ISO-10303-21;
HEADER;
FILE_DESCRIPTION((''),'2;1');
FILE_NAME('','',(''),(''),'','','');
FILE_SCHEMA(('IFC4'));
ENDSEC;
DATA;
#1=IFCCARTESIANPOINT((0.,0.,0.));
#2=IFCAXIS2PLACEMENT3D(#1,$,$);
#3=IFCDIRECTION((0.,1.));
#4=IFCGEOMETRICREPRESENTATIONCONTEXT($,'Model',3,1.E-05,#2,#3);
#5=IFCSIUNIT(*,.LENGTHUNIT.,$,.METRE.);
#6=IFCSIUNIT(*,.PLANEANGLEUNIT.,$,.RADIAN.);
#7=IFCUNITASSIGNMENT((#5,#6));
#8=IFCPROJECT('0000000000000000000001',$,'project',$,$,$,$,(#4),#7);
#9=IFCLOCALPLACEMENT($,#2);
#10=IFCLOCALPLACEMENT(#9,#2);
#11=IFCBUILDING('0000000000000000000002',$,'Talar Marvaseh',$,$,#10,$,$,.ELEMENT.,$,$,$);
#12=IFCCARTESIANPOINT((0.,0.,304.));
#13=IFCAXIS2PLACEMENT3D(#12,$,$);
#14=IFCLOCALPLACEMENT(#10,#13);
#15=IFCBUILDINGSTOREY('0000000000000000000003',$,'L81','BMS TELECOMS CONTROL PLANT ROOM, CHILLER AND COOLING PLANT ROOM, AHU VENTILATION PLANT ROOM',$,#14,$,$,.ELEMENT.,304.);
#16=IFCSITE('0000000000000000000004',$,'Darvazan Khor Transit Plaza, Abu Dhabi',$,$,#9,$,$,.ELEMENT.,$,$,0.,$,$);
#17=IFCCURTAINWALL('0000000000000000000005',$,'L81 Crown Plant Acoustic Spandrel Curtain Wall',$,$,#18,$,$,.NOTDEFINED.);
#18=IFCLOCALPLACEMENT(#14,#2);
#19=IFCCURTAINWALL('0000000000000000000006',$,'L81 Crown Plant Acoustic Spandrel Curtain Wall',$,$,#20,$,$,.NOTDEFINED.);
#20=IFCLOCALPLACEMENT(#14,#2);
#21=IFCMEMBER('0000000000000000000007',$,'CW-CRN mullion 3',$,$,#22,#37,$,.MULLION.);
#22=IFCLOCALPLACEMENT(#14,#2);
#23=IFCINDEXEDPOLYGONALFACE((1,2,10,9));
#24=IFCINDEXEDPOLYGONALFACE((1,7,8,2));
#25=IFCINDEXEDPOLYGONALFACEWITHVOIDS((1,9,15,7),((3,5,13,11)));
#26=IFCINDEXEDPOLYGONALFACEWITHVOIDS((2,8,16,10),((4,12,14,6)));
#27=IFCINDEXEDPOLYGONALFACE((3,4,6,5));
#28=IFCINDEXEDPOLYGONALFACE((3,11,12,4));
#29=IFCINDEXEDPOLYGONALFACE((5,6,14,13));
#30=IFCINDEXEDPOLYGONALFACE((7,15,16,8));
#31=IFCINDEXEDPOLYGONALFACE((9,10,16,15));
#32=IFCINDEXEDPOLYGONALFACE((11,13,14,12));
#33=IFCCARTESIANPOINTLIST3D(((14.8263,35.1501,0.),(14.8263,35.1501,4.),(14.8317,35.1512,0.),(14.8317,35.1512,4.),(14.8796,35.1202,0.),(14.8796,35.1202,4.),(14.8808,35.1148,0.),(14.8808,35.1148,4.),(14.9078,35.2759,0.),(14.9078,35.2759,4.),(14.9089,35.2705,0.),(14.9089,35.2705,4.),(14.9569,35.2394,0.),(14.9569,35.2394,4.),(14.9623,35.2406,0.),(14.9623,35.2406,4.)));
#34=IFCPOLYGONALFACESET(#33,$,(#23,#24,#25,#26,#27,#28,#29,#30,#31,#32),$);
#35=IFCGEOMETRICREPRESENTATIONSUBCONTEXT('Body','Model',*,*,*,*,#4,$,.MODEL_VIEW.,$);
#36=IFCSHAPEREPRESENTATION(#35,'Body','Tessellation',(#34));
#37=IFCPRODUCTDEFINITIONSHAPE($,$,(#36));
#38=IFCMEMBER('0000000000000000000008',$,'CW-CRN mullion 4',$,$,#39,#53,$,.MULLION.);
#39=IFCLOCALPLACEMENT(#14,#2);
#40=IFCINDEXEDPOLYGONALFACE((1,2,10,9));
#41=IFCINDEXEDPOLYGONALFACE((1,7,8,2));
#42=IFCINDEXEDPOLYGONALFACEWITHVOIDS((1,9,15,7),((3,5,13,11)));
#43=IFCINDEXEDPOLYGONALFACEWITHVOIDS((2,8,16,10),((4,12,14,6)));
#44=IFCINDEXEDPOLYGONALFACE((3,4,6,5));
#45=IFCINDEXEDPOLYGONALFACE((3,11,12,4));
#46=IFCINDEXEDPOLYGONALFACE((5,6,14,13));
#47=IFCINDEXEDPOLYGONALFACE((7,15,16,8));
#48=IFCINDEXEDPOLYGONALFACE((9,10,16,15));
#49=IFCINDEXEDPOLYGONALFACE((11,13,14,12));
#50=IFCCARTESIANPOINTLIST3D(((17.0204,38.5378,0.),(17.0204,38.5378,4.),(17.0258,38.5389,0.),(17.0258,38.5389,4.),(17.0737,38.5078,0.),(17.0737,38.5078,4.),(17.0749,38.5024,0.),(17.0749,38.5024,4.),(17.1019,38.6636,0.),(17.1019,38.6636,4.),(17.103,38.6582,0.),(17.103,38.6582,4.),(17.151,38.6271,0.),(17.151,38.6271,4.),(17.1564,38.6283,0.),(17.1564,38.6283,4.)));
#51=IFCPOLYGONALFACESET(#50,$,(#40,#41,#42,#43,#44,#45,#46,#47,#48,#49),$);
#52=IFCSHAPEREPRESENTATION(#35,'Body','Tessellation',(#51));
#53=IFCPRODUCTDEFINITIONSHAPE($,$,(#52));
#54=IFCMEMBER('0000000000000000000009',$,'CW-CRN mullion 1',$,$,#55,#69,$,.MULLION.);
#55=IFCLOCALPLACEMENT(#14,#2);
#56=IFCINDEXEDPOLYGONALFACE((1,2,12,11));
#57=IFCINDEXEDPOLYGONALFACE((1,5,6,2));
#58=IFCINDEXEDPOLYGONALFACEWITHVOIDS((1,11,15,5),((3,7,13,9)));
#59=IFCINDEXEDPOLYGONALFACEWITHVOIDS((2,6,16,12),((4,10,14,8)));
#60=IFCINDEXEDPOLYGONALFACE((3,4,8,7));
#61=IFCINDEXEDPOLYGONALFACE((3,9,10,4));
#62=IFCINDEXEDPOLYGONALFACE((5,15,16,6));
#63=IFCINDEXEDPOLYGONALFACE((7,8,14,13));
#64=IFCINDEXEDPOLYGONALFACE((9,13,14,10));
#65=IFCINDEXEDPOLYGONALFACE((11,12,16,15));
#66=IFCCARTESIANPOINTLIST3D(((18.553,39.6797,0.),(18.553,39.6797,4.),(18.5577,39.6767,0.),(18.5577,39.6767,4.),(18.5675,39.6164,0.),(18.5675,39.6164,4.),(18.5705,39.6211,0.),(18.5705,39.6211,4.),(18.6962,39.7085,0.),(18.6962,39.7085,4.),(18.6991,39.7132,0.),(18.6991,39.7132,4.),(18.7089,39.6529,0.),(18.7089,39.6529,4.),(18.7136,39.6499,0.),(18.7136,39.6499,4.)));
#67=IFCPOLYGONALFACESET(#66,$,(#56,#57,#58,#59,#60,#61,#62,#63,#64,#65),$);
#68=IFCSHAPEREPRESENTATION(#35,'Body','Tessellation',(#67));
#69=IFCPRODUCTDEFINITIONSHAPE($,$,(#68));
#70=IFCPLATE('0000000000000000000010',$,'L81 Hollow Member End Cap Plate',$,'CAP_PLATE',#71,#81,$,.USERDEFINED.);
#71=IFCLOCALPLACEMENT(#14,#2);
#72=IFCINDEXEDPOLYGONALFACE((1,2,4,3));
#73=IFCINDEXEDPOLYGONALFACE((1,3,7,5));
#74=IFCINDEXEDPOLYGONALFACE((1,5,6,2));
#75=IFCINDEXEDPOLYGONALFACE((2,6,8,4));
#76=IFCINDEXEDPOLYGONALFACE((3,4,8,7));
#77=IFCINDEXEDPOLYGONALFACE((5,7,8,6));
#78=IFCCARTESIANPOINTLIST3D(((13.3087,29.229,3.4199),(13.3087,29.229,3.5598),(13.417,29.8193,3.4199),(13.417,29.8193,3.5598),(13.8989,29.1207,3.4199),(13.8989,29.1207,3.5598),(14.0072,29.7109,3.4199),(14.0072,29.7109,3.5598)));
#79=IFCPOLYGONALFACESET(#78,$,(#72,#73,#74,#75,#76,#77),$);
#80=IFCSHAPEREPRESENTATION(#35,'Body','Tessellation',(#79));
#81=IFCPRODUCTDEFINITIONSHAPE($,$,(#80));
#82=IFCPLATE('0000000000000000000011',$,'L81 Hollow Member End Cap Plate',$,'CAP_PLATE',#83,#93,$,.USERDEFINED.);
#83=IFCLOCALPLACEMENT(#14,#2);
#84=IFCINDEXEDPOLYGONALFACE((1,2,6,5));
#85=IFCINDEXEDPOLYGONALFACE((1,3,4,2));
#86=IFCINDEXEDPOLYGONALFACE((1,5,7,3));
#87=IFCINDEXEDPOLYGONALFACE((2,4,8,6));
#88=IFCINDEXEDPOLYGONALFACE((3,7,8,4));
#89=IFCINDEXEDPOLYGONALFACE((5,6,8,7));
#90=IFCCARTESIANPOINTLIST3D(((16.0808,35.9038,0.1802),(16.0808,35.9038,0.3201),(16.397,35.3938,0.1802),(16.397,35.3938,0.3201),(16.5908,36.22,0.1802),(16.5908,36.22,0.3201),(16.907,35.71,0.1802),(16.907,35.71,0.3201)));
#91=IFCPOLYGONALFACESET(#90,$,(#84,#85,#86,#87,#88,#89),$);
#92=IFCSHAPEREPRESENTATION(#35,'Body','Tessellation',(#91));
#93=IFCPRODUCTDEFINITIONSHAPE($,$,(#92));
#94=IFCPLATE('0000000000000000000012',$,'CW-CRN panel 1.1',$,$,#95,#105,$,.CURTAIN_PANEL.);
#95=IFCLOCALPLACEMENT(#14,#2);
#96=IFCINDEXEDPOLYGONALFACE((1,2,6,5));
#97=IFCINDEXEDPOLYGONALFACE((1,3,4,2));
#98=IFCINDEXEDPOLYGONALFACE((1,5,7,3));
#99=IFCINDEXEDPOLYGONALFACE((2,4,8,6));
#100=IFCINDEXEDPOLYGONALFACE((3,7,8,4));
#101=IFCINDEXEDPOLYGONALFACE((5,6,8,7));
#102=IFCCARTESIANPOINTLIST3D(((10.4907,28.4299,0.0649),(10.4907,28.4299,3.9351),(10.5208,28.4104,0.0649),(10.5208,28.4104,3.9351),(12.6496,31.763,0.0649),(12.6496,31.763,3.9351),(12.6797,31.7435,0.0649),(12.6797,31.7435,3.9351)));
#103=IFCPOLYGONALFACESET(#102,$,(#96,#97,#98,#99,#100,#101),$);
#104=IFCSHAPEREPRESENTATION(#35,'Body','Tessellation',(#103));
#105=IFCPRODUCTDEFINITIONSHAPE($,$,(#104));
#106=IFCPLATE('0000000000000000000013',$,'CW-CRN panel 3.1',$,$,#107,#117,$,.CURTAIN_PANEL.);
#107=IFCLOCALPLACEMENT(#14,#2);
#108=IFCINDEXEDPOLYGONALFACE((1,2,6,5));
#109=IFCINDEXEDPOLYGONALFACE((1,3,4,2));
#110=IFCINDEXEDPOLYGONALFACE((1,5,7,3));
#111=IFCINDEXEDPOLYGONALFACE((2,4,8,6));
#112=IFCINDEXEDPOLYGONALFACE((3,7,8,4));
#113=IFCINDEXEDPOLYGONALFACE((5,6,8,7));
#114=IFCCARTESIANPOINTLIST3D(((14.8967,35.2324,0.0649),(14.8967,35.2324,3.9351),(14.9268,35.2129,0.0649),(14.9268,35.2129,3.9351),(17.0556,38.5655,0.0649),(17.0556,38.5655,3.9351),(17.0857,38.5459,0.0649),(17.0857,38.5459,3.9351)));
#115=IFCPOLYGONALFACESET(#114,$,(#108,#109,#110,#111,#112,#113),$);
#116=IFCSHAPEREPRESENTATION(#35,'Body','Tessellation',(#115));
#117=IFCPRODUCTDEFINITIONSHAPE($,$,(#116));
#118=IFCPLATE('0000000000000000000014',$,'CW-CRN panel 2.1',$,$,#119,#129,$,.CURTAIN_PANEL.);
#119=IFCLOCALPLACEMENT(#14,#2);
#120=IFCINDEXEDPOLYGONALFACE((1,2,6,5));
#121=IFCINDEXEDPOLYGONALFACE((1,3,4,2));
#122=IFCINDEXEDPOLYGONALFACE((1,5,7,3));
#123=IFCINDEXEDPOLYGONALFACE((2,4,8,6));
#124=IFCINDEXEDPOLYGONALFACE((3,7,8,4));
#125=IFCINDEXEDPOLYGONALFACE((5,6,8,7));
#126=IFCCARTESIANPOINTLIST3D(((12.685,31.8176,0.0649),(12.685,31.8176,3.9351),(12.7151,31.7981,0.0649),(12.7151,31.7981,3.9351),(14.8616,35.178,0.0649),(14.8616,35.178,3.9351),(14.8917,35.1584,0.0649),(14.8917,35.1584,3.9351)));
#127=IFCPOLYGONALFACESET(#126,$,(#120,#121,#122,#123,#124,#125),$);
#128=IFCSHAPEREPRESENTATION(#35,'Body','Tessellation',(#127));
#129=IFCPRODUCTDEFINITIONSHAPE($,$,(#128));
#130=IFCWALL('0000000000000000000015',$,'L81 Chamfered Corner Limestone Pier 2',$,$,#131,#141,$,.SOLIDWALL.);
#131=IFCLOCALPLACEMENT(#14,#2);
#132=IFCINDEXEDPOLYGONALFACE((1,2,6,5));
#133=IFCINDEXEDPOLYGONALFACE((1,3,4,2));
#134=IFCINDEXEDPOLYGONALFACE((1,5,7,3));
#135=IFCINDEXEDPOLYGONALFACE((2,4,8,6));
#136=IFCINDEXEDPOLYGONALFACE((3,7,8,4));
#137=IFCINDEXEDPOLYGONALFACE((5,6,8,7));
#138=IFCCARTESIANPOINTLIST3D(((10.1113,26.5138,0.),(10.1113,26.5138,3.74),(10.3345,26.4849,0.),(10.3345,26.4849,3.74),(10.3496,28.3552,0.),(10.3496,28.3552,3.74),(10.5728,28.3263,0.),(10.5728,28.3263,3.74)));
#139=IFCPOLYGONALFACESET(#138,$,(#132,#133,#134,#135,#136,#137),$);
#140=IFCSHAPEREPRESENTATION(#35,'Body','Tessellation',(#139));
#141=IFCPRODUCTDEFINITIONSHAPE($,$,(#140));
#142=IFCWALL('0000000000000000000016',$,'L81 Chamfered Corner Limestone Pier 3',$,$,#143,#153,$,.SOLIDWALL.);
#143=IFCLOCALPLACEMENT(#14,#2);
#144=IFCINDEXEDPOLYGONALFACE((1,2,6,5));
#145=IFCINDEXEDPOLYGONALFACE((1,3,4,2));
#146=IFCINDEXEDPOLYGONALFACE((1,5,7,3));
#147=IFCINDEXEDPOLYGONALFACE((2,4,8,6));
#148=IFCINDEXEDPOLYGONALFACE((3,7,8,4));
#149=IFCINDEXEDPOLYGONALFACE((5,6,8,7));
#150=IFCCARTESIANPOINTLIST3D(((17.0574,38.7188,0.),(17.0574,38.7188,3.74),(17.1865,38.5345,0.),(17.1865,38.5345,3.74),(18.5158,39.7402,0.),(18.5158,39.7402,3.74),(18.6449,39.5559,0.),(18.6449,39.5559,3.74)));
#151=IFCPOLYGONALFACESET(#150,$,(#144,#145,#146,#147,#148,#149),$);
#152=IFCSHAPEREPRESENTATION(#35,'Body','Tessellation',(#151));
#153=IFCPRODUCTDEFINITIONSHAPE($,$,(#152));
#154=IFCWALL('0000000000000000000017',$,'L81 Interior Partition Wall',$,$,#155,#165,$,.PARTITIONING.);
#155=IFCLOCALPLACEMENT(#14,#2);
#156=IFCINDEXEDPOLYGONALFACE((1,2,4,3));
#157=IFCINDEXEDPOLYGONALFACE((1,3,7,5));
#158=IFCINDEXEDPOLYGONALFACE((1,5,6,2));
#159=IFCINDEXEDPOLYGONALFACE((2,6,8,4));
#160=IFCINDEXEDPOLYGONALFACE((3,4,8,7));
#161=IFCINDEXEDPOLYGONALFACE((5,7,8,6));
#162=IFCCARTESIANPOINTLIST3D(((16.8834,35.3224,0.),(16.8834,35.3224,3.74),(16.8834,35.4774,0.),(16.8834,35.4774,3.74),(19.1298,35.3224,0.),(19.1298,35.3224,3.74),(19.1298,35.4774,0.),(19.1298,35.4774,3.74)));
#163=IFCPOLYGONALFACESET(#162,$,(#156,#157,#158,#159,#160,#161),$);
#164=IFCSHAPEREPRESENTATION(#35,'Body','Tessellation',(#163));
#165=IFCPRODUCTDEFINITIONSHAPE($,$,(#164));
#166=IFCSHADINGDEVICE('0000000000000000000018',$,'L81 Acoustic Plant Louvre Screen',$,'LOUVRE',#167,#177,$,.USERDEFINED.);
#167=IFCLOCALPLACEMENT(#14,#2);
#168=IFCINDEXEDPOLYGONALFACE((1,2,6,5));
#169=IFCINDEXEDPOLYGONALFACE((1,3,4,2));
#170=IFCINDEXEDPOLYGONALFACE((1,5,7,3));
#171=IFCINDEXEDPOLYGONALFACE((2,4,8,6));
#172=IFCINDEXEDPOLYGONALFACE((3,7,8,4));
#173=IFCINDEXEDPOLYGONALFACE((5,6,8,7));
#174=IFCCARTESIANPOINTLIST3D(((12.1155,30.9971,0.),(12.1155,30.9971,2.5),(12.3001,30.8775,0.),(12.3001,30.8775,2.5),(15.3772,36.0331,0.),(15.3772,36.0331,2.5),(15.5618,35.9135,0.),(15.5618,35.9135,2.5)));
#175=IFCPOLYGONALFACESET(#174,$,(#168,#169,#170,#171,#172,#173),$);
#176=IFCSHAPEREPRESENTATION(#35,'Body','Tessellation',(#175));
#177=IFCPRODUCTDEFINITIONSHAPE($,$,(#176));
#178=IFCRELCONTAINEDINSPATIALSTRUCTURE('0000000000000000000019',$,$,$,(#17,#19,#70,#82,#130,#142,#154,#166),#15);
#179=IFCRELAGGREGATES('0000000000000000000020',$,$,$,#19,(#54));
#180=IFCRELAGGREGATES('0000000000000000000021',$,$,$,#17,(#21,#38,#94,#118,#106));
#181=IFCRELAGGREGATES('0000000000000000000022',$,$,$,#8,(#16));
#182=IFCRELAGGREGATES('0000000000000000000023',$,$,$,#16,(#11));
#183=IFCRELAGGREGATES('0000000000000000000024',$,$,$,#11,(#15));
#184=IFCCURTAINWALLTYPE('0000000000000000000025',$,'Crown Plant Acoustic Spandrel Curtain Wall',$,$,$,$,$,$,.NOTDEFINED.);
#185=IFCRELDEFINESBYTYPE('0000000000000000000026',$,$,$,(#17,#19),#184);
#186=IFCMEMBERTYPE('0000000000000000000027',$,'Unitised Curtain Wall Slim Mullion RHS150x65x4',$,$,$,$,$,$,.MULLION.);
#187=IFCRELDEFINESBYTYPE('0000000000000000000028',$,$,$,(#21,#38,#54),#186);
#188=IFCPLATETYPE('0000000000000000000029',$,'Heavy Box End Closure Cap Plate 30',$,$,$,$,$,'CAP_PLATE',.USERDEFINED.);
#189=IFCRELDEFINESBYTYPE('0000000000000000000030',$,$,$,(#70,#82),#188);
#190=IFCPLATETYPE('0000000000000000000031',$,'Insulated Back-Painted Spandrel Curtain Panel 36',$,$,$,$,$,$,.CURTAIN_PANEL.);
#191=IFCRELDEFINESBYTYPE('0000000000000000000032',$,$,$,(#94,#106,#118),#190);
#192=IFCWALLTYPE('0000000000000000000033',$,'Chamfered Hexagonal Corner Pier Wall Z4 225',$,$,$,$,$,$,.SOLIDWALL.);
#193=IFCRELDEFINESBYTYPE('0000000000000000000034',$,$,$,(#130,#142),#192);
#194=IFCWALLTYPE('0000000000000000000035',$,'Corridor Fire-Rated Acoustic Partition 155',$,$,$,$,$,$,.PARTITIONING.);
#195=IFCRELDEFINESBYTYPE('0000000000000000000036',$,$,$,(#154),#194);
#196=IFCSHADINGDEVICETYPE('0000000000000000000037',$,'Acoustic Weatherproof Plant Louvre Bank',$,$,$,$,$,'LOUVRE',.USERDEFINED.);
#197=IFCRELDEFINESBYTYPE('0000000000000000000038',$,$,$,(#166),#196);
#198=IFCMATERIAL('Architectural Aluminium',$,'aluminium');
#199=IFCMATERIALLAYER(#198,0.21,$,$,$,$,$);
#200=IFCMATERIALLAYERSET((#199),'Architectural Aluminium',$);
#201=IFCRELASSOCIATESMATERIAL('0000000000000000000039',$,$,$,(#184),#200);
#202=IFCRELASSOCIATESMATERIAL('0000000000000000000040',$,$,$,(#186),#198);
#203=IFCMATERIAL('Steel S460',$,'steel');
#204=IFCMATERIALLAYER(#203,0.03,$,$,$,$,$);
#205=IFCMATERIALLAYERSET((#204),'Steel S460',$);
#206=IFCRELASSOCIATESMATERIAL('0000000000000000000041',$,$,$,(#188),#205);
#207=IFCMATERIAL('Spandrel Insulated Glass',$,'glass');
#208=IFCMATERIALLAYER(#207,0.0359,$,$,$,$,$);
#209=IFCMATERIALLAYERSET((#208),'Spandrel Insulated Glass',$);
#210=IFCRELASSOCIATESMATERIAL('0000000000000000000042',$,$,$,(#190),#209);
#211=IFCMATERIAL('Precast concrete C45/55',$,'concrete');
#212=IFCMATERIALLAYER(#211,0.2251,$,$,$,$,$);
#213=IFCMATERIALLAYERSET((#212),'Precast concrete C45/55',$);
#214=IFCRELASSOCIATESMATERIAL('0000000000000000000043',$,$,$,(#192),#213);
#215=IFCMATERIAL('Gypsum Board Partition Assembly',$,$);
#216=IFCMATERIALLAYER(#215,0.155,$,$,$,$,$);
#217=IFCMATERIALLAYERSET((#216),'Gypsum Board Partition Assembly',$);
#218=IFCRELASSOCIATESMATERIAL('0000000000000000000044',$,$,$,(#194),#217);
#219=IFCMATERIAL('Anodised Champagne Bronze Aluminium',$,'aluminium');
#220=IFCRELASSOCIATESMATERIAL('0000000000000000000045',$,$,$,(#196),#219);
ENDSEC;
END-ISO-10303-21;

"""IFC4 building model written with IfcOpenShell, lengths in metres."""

from ifc_helpers import new_model, si_unit, direction, frame, frame_2d, origin, origin_2d, place, context, subcontext, project, spatial, rectangle, hollow_rectangle, extrude, source, transform, mapped, material, layer, layer_set, material_profile, profile_set, type_object, type_shapes, element, aggregate, save


model = new_model("IFC4")

# Units and contexts
model_context = context("Model", 3, precision=1e-05, world=origin(), true_north=direction((0.0, 1.0)))
body_context = subcontext(model_context, "Body", "Model", "MODEL_VIEW")
ifc_project = project(units=[si_unit("LENGTHUNIT", "METRE"), si_unit("PLANEANGLEUNIT", "RADIAN")], contexts=[model_context])

# Site, building, storey
site_placement = place(None, origin())
site = spatial("IfcSite", under=ifc_project, at=site_placement, Name="Darvazan Khor Transit Plaza, Abu Dhabi", CompositionType="ELEMENT", RefElevation=0.0)
building_placement = place(site_placement, origin())
building = spatial("IfcBuilding", under=site, at=building_placement, Name="Talar Marvaseh", CompositionType="ELEMENT")
storey_placement = place(building_placement, frame((0.0, 0.0, 304.0)))
storey = spatial("IfcBuildingStorey", under=building, at=storey_placement, Name="L81", Description="BMS TELECOMS CONTROL PLANT ROOM, CHILLER AND COOLING PLANT ROOM, AHU VENTILATION PLANT ROOM", CompositionType="ELEMENT", Elevation=304.0)

# Shared definitions
ifc_material_1 = material(Name="Steel S460", Category="steel")

# Curtain walls
ifc_material_2 = material(Name="Architectural Aluminium", Category="aluminium")
ifc_layer_1 = layer(ifc_material_2, 0.21)
ifc_layer_set_1 = layer_set([ifc_layer_1], Name="Architectural Aluminium")
curtain_wall_type = type_object("IfcCurtainWallType", Name="Crown Plant Acoustic Spandrel Curtain Wall", PredefinedType="NOTDEFINED", material=ifc_layer_set_1)
curtain_wall_1_placement = place(storey_placement, origin())
curtain_wall_1 = element("IfcCurtainWall", 1, at=curtain_wall_1_placement, inside=storey, type_object=curtain_wall_type, Name="L81 Crown Plant Acoustic Spandrel Curtain Wall", PredefinedType="NOTDEFINED")
curtain_wall_2_placement = place(storey_placement, origin())
curtain_wall_2 = element("IfcCurtainWall", 2, at=curtain_wall_2_placement, inside=storey, type_object=curtain_wall_type, Name="L81 Crown Plant Acoustic Spandrel Curtain Wall", PredefinedType="NOTDEFINED")

# Members
ifc_material_profile_1 = material_profile(ifc_material_2, hollow_rectangle(XDim=0.0649, YDim=0.1499, WallThickness=0.0039, at=origin_2d()), Name="RHS150x65x4")
ifc_profile_set_1 = profile_set([ifc_material_profile_1], Name="Architectural Aluminium")
member_type_1 = type_object("IfcMemberType", Name="Unitised Curtain Wall Slim Mullion RHS150x65x4", PredefinedType="MULLION", material=ifc_profile_set_1)
shared_shape_1 = source(origin(), body_context, "Body", "SweptSolid", [
    extrude(hollow_rectangle(XDim=0.0649, YDim=0.1499, WallThickness=0.0039, at=origin_2d()), origin(), (0.0, 0.0, 1.0), 4.0),
])
type_shapes(member_type_1, [shared_shape_1])
member_1_placement = place(storey_placement, frame((14.8943, 35.1953, 0.0), z_axis=(0.0, 0.0, 1.0), x_axis=(-0.839314, 0.543646, 0.0)))
member_1 = element("IfcMember", 3, at=member_1_placement, type_object=member_type_1, Name="CW-CRN mullion 3", PredefinedType="MULLION", context=body_context, shape_type="MappedRepresentation", body=[
    mapped(shared_shape_1, transform((0.0, 0.0, 0.0), x_axis=(1.0, 0.0, 0.0), y_axis=(0.0, 1.0, 0.0), z_axis=(0.0, 0.0, 1.0), scale=1.0)),
])
member_2_placement = place(storey_placement, frame((17.0884, 38.583, 0.0), z_axis=(0.0, 0.0, 1.0), x_axis=(-0.839314, 0.543646, 0.0)))
member_2 = element("IfcMember", 4, at=member_2_placement, type_object=member_type_1, Name="CW-CRN mullion 4", PredefinedType="MULLION", context=body_context, shape_type="MappedRepresentation", body=[
    mapped(shared_shape_1, transform((0.0, 0.0, 0.0), x_axis=(1.0, 0.0, 0.0), y_axis=(0.0, 1.0, 0.0), z_axis=(0.0, 0.0, 1.0), scale=1.0)),
])
member_3_placement = place(storey_placement, frame((18.6333, 39.6648, 0.0), z_axis=(0.0, 0.0, 1.0), x_axis=(-0.223792, 0.974637, 0.0)))
member_3 = element("IfcMember", 5, at=member_3_placement, type_object=member_type_1, Name="CW-CRN mullion 1", PredefinedType="MULLION", context=body_context, shape_type="MappedRepresentation", body=[
    mapped(shared_shape_1, transform((0.0, 0.0, 0.0), x_axis=(1.0, 0.0, 0.0), y_axis=(0.0, 1.0, 0.0), z_axis=(0.0, 0.0, 1.0), scale=1.0)),
])
aggregate(curtain_wall_2, [member_3])

# Plates
ifc_layer_2 = layer(ifc_material_1, 0.03)
ifc_layer_set_2 = layer_set([ifc_layer_2], Name="Steel S460")
plate_type_1 = type_object("IfcPlateType", Name="Heavy Box End Closure Cap Plate 30", ElementType="CAP_PLATE", PredefinedType="USERDEFINED", material=ifc_layer_set_2)
shared_shape_2 = source(origin(), body_context, "Body", "SweptSolid", [
    extrude(rectangle(XDim=0.6001, YDim=0.6001, at=origin_2d()), origin(), (0.0, 0.0, 1.0), 0.1399),
])
type_shapes(plate_type_1, [shared_shape_2])
for number, where, z_axis, x_axis, name in (
    (6, (13.658, 29.47, 3.4199), (0.0, 0.0, 1.0), (0.180519, 0.983571, 0.0), "L81 Hollow Member End Cap Plate"),
    (7, (16.4939, 35.8069, 0.1802), (0.0, 0.0, 1.0), (0.849893, 0.526956, 0.0), "L81 Hollow Member End Cap Plate"),
):
    element("IfcPlate", number, at=place(storey_placement, frame(where, z_axis=z_axis, x_axis=x_axis)), inside=storey, type_object=plate_type_1, Name=name, ObjectType="CAP_PLATE", PredefinedType="USERDEFINED", context=body_context, shape_type="MappedRepresentation", body=[
        mapped(shared_shape_2, transform((0.0, 0.0, 0.0), x_axis=(1.0, 0.0, 0.0), y_axis=(0.0, 1.0, 0.0), z_axis=(0.0, 0.0, 1.0), scale=1.0)),
    ])

# Plates
ifc_material_3 = material(Name="Spandrel Insulated Glass", Category="glass")
ifc_layer_3 = layer(ifc_material_3, 0.0359)
ifc_layer_set_3 = layer_set([ifc_layer_3], Name="Spandrel Insulated Glass")
plate_type_2 = type_object("IfcPlateType", Name="Insulated Back-Painted Spandrel Curtain Panel 36", PredefinedType="CURTAIN_PANEL", material=ifc_layer_set_3)
shared_shape_3 = source(origin(), body_context, "Body", "SweptSolid", [
    extrude(rectangle(XDim=3.9712, YDim=0.0359, at=origin_2d()), origin(), (0.0, 0.0, 1.0), 3.8701),
])
plate_1_placement = place(storey_placement, frame((11.5852, 30.0867, 0.0649), z_axis=(0.0, 0.0, 1.0), x_axis=(0.543646, 0.839314, 0.0)))
plate_1 = element("IfcPlate", 8, at=plate_1_placement, type_object=plate_type_2, Name="CW-CRN panel 1.1", PredefinedType="CURTAIN_PANEL", context=body_context, shape_type="MappedRepresentation", body=[
    mapped(shared_shape_3, transform((0.0, 0.0, 0.0), x_axis=(1.0, 0.0, 0.0), y_axis=(0.0, 1.0, 0.0), z_axis=(0.0, 0.0, 1.0), scale=1.0)),
])
plate_2_placement = place(storey_placement, frame((15.9912, 36.8892, 0.0649), z_axis=(0.0, 0.0, 1.0), x_axis=(0.543646, 0.839314, 0.0)))
plate_2 = element("IfcPlate", 9, at=plate_2_placement, type_object=plate_type_2, Name="CW-CRN panel 3.1", PredefinedType="CURTAIN_PANEL", context=body_context, shape_type="MappedRepresentation", body=[
    mapped(shared_shape_3, transform((0.0, 0.0, 0.0), x_axis=(1.0, 0.0, 0.0), y_axis=(0.0, 1.0, 0.0), z_axis=(0.0, 0.0, 1.0), scale=1.0)),
])
shared_shape_4 = source(origin(), body_context, "Body", "SweptSolid", [
    extrude(rectangle(XDim=4.0037, YDim=0.0359, at=origin_2d()), origin(), (0.0, 0.0, 1.0), 3.8701),
])
type_shapes(plate_type_2, [shared_shape_3, shared_shape_4])
plate_3_placement = place(storey_placement, frame((13.7883, 33.488, 0.0649), z_axis=(0.0, 0.0, 1.0), x_axis=(0.543646, 0.839314, 0.0)))
plate_3 = element("IfcPlate", 10, at=plate_3_placement, type_object=plate_type_2, Name="CW-CRN panel 2.1", PredefinedType="CURTAIN_PANEL", context=body_context, shape_type="MappedRepresentation", body=[
    mapped(shared_shape_4, transform((0.0, 0.0, 0.0), x_axis=(1.0, 0.0, 0.0), y_axis=(0.0, 1.0, 0.0), z_axis=(0.0, 0.0, 1.0), scale=1.0)),
])
aggregate(curtain_wall_1, [member_1, member_2, plate_1, plate_3, plate_2])

# Walls
ifc_material_4 = material(Name="Precast concrete C45/55", Category="concrete")
ifc_layer_4 = layer(ifc_material_4, 0.2251)
ifc_layer_set_4 = layer_set([ifc_layer_4], Name="Precast concrete C45/55")
wall_type_1 = type_object("IfcWallType", Name="Chamfered Hexagonal Corner Pier Wall Z4 225", PredefinedType="SOLIDWALL", material=ifc_layer_set_4)
wall_1_placement = place(storey_placement, frame((10.2229, 26.4995, 0.0), z_axis=(0.0, 0.0, 1.0), x_axis=(0.128338, 0.99173, 0.0)))
element("IfcWall", 11, at=wall_1_placement, inside=storey, type_object=wall_type_1, Name="L81 Chamfered Corner Limestone Pier 2", PredefinedType="SOLIDWALL", context=body_context, shape_type="SweptSolid", body=[
    extrude(rectangle(XDim=1.8567, YDim=0.2251, at=frame_2d((0.9282, 0.0))), origin(), (0.0, 0.0, 1.0), 3.74),
])
wall_2_placement = place(storey_placement, frame((17.1221, 38.6267, 0.0), z_axis=(0.0, 0.0, 1.0), x_axis=(0.81909, 0.573665, 0.0)))
element("IfcWall", 12, at=wall_2_placement, inside=storey, type_object=wall_type_1, Name="L81 Chamfered Corner Limestone Pier 3", PredefinedType="SOLIDWALL", context=body_context, shape_type="SweptSolid", body=[
    extrude(rectangle(XDim=1.7805, YDim=0.2251, at=frame_2d((0.8901, 0.0))), origin(), (0.0, 0.0, 1.0), 3.74),
])
ifc_material_5 = material(Name="Gypsum Board Partition Assembly")
ifc_layer_5 = layer(ifc_material_5, 0.155)
ifc_layer_set_5 = layer_set([ifc_layer_5], Name="Gypsum Board Partition Assembly")
wall_type_2 = type_object("IfcWallType", Name="Corridor Fire-Rated Acoustic Partition 155", PredefinedType="PARTITIONING", material=ifc_layer_set_5)
wall_3_placement = place(storey_placement, frame((16.8835, 35.3999, 0.0), z_axis=(0.0, 0.0, 1.0), x_axis=(1.0, 0.0, 0.0)))
element("IfcWall", 13, at=wall_3_placement, inside=storey, type_object=wall_type_2, Name="L81 Interior Partition Wall", PredefinedType="PARTITIONING", context=body_context, shape_type="SweptSolid", body=[
    extrude(rectangle(XDim=2.2463, YDim=0.155, at=frame_2d((1.123, 0.0))), origin(), (0.0, 0.0, 1.0), 3.74),
])

# Shading device
ifc_material_6 = material(Name="Anodised Champagne Bronze Aluminium", Category="aluminium")
shading_device_type = type_object("IfcShadingDeviceType", Name="Acoustic Weatherproof Plant Louvre Bank", ElementType="LOUVRE", PredefinedType="USERDEFINED", material=ifc_material_6)
shared_shape_5 = source(origin(), body_context, "Body", "SweptSolid", [
    extrude(rectangle(XDim=6.0, YDim=0.22, at=origin_2d()), origin(), (0.0, 0.0, 1.0), 2.5),
])
type_shapes(shading_device_type, [shared_shape_5])
shading_device_placement = place(storey_placement, frame((13.8386, 33.4553, 0.0), z_axis=(0.0, 0.0, 1.0), x_axis=(0.543614, 0.839335, 0.0)))
element("IfcShadingDevice", 14, at=shading_device_placement, inside=storey, type_object=shading_device_type, Name="L81 Acoustic Plant Louvre Screen", ObjectType="LOUVRE", PredefinedType="USERDEFINED", context=body_context, shape_type="MappedRepresentation", body=[
    mapped(shared_shape_5, transform((0.0, 0.0, 0.0), x_axis=(1.0, 0.0, 0.0), y_axis=(0.0, 1.0, 0.0), z_axis=(0.0, 0.0, 1.0), scale=1.0)),
])

save(model, "model.ifc")
